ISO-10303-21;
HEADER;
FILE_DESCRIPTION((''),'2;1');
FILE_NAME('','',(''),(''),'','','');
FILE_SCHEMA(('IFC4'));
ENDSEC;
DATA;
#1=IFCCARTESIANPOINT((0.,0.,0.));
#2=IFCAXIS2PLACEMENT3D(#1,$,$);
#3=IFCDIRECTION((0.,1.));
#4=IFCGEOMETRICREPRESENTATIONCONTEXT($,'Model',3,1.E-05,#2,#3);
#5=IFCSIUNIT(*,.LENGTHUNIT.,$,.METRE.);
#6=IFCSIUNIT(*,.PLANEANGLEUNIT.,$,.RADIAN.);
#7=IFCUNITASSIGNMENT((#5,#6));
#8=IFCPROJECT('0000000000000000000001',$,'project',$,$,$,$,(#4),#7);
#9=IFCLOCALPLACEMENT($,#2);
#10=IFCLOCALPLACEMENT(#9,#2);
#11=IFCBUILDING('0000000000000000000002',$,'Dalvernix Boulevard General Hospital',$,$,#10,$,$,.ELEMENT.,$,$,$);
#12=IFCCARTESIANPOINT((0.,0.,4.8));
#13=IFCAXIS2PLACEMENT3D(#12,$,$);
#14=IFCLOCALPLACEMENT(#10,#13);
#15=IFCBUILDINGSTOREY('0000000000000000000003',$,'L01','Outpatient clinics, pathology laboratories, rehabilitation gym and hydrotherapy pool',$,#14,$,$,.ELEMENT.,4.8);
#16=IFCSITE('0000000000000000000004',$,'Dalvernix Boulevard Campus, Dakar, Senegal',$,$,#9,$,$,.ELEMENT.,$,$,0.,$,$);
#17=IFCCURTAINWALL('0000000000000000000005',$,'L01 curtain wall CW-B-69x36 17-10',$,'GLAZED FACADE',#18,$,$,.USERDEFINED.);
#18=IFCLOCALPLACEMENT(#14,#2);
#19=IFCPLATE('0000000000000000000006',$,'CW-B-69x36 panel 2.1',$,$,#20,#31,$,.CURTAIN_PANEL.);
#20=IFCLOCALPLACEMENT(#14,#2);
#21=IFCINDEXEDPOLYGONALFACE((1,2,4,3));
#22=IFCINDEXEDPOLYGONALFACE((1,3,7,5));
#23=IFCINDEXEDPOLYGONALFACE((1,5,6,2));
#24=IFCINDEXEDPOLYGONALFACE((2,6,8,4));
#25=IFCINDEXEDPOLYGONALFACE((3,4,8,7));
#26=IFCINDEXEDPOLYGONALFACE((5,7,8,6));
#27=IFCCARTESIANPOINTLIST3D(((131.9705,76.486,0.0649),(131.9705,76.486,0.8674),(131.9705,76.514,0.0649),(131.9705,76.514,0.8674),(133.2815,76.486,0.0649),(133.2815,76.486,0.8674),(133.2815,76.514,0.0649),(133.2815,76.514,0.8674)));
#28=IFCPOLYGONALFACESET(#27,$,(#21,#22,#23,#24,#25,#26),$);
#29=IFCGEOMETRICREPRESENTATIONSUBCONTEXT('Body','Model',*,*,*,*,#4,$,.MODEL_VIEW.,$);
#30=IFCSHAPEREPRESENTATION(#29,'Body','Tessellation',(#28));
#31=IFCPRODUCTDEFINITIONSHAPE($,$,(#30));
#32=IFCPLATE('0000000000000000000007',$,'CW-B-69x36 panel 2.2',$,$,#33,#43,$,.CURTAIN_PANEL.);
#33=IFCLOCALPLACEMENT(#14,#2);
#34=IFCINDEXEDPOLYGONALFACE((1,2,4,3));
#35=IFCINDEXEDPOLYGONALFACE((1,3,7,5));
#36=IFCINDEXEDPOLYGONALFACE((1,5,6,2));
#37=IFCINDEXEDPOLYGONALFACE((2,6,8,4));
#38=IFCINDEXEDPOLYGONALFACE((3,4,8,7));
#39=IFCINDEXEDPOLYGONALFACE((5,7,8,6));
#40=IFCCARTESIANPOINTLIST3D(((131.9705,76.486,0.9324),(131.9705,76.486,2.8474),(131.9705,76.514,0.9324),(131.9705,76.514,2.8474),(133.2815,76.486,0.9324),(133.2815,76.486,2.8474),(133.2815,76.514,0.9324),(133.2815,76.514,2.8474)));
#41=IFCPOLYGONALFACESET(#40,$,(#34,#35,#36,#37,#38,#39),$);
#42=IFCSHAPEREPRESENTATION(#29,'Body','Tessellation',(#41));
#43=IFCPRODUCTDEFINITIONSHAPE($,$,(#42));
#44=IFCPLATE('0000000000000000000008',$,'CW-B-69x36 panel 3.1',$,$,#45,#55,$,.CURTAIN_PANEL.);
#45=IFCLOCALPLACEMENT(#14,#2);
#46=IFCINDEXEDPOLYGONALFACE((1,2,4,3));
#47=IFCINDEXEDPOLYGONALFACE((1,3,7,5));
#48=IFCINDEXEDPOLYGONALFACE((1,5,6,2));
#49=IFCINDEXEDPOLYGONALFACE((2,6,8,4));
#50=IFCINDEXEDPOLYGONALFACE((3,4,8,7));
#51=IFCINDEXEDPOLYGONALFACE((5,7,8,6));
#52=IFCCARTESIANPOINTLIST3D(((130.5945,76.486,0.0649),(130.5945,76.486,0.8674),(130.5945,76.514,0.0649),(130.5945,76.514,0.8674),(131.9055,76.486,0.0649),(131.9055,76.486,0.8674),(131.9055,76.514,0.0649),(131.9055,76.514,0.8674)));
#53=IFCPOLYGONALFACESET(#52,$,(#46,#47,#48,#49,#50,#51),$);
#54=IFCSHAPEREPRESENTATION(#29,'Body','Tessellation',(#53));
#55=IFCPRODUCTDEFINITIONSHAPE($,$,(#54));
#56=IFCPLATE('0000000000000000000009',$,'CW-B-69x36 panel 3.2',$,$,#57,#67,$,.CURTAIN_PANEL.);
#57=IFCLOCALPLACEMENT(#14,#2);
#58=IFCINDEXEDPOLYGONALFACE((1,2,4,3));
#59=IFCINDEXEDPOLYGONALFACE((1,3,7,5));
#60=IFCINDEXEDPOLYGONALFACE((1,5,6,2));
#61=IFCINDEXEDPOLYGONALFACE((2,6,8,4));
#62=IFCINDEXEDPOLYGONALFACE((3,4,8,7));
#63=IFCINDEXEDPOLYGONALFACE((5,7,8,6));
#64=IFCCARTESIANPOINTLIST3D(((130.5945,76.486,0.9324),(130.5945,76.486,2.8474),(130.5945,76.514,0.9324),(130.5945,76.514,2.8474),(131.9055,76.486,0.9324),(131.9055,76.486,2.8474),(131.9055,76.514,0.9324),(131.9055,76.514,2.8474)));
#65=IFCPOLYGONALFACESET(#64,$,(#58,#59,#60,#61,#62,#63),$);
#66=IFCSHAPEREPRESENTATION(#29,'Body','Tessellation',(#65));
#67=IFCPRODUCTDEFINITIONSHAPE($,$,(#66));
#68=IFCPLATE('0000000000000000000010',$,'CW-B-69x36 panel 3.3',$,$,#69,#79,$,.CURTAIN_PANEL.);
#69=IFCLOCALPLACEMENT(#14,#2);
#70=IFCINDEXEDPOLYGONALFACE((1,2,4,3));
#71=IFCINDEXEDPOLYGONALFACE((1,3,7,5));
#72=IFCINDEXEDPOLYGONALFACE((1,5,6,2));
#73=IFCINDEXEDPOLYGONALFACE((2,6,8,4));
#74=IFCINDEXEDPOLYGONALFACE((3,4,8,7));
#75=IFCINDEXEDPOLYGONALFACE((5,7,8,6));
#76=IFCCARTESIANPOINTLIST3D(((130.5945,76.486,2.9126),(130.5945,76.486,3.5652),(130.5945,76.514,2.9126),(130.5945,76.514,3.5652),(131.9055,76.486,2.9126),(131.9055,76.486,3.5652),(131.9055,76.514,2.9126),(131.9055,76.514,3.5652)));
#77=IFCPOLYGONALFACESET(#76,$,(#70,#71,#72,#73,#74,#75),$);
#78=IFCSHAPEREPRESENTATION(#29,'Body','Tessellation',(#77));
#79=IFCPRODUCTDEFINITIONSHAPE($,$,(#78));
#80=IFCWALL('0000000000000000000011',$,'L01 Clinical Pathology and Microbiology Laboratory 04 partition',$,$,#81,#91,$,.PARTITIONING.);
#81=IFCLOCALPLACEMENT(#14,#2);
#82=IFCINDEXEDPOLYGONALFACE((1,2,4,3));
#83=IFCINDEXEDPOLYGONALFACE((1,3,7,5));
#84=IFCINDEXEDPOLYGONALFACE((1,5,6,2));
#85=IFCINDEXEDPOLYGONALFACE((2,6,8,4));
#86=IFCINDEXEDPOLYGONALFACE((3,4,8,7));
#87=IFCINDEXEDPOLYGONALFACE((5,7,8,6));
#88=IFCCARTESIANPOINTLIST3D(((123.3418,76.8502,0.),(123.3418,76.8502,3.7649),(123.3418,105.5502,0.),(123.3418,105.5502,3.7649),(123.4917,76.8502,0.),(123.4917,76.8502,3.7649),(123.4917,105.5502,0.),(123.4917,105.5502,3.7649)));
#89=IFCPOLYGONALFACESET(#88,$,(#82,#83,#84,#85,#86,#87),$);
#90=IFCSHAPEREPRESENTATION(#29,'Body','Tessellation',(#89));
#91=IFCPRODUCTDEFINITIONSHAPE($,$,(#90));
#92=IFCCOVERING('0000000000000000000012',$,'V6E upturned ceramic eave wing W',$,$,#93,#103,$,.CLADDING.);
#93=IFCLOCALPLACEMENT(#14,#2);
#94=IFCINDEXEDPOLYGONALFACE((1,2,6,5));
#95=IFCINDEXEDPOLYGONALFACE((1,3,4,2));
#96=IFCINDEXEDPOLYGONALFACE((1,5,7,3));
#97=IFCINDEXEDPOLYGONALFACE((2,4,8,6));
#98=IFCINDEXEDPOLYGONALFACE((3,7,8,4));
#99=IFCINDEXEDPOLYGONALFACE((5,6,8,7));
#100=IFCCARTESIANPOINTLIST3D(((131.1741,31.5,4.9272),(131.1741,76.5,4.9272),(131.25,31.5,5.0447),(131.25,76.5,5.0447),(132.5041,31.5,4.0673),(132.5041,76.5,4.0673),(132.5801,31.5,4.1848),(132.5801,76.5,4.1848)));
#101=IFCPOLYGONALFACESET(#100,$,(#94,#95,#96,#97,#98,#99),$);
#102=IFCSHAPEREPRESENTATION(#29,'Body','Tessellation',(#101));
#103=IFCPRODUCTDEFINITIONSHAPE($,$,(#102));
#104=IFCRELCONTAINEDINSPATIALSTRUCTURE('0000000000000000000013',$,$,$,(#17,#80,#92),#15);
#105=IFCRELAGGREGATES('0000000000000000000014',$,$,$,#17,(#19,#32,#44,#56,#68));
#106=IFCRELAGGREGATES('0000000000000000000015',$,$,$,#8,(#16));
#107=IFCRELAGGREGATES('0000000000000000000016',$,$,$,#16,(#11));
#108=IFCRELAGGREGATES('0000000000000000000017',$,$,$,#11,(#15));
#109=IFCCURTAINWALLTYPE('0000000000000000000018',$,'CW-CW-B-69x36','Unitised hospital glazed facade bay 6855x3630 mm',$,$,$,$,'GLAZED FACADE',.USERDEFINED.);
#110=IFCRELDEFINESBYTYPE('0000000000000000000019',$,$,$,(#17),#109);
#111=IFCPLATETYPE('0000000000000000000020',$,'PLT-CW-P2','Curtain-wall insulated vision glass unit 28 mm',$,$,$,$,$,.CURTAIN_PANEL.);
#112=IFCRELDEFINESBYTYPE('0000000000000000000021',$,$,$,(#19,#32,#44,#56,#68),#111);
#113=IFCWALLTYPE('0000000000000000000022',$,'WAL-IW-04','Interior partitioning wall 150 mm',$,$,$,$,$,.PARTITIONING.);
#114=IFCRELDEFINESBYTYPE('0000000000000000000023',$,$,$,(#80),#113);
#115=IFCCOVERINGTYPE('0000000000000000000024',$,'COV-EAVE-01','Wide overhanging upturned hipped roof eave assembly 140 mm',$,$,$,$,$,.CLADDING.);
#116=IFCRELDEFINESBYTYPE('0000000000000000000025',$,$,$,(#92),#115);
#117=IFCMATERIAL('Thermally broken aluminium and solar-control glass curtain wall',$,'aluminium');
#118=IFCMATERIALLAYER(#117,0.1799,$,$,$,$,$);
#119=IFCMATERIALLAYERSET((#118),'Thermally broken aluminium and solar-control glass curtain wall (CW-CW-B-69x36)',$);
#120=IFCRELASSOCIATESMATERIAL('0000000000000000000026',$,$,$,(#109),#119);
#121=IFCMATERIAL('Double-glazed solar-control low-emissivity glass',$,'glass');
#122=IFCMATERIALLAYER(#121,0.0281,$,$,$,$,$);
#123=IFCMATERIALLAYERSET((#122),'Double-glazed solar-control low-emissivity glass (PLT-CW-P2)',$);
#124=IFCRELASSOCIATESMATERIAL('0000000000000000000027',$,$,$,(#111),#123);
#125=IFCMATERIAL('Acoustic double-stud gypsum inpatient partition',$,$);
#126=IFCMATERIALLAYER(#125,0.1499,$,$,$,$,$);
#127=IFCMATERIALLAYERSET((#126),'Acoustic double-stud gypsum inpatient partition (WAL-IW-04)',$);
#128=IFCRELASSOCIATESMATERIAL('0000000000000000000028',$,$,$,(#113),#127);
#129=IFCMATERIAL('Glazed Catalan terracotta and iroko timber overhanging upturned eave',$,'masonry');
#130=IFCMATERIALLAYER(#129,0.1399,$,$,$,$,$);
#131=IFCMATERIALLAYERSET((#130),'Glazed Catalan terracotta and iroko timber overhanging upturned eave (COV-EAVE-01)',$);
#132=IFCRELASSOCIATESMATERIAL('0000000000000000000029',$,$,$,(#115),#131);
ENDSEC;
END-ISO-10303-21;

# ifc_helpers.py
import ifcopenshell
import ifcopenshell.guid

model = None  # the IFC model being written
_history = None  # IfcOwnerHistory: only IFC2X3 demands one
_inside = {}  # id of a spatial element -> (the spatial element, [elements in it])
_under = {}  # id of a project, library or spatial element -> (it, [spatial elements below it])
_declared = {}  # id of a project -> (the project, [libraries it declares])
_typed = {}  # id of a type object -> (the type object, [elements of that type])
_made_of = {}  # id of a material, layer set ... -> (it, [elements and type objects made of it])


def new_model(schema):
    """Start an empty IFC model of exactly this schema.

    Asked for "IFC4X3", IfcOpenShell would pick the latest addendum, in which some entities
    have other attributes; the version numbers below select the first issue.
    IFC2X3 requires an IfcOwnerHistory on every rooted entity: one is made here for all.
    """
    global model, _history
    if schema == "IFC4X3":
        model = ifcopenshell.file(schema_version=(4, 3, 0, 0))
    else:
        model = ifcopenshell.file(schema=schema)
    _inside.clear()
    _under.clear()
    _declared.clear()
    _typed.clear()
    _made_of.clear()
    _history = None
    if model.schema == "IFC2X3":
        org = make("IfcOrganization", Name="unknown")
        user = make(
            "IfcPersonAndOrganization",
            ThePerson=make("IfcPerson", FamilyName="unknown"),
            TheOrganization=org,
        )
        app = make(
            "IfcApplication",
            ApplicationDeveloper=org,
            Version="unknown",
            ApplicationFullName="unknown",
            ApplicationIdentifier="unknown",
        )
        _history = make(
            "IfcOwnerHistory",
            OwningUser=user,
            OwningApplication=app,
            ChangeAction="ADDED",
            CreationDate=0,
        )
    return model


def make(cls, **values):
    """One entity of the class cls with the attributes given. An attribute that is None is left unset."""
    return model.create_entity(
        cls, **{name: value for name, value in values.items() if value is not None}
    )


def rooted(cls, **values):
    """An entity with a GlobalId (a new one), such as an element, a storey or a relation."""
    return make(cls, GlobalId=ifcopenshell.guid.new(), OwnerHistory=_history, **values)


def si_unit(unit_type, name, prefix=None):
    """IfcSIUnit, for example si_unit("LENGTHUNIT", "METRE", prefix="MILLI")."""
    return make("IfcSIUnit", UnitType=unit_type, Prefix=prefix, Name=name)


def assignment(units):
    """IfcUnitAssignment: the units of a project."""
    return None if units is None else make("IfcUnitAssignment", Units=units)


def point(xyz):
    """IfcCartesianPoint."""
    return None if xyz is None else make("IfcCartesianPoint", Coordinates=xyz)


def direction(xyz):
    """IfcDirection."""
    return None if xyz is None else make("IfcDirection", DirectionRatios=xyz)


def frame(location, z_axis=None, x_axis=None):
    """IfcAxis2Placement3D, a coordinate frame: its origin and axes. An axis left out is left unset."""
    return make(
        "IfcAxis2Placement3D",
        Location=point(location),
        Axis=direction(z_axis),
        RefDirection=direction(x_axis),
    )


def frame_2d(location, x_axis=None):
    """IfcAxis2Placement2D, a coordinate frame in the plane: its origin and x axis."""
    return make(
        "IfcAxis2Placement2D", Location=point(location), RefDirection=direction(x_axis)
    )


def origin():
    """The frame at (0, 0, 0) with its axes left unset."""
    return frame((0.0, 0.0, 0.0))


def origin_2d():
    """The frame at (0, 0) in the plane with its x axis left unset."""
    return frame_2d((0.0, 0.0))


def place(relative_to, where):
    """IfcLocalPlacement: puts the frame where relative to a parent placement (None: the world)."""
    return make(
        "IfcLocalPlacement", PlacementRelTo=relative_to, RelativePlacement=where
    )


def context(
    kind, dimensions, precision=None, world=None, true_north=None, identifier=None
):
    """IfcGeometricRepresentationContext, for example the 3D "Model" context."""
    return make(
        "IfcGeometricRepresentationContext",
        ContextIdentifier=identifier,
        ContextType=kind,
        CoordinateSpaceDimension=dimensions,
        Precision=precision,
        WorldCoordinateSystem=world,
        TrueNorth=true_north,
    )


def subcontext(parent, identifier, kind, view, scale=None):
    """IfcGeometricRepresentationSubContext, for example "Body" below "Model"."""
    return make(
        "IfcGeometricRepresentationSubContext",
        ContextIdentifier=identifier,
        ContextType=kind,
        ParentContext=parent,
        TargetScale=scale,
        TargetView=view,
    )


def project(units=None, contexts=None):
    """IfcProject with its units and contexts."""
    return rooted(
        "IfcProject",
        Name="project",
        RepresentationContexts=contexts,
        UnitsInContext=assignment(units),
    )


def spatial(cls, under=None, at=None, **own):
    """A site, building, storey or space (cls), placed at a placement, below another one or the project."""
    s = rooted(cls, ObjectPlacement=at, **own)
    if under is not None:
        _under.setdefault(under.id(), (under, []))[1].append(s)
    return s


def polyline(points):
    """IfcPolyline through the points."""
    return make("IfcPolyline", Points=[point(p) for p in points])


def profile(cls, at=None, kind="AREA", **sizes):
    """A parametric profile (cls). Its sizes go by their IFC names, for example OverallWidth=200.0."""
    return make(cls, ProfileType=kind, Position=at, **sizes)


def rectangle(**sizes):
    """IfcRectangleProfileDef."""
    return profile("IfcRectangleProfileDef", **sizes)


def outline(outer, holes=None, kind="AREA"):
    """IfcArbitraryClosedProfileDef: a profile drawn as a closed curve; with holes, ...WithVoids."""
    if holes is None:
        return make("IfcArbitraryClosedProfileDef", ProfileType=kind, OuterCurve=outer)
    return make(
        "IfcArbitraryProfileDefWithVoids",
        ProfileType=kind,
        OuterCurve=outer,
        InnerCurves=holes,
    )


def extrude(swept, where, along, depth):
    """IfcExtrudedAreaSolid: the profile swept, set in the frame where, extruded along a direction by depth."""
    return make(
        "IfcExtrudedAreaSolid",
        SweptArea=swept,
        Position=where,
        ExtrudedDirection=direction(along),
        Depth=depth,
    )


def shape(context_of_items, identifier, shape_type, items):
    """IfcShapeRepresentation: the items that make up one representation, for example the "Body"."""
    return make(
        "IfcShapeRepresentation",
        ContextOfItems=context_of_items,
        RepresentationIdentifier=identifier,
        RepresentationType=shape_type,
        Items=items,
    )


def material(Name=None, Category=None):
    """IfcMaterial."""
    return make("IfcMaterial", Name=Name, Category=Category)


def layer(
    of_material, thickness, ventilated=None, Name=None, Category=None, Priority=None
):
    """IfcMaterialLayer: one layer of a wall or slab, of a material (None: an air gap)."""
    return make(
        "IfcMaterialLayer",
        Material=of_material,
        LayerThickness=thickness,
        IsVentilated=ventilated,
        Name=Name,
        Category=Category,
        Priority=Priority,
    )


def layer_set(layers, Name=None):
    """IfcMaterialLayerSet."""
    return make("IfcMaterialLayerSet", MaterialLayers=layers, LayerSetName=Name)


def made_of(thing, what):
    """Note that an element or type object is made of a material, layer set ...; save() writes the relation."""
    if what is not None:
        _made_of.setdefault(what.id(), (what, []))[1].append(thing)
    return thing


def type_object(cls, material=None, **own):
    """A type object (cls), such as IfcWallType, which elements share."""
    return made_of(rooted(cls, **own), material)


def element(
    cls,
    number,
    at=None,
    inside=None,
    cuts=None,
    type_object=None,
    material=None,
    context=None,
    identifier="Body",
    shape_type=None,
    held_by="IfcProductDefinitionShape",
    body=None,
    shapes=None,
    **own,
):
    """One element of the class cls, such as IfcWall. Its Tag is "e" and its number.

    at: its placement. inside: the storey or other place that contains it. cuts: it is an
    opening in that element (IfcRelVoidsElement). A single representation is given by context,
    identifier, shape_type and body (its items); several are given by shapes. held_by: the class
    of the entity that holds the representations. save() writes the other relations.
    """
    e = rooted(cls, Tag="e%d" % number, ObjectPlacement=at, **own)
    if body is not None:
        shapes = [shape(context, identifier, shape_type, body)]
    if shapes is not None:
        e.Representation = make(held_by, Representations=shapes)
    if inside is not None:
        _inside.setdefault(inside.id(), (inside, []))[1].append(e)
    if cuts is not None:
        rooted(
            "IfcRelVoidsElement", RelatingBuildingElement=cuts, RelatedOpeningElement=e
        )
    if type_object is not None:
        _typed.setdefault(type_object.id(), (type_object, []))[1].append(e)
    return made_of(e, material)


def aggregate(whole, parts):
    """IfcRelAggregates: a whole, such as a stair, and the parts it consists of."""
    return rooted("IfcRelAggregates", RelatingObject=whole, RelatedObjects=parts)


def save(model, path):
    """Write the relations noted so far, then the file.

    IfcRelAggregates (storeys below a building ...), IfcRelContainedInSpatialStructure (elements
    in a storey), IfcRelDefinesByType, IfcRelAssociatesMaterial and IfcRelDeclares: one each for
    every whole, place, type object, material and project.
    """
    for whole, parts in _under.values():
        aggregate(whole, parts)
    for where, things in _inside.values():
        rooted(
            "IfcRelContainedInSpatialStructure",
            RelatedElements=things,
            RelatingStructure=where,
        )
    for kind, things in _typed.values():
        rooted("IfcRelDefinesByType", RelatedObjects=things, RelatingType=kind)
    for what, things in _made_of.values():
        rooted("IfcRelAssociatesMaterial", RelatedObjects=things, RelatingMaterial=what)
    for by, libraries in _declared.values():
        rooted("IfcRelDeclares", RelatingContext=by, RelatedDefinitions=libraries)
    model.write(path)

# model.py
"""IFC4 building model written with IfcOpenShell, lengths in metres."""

from ifc_helpers import new_model, si_unit, direction, frame, frame_2d, origin, origin_2d, place, context, subcontext, project, spatial, polyline, rectangle, outline, extrude, material, layer, layer_set, type_object, element, aggregate, save


model = new_model("IFC4")

# Units and contexts
model_context = context("Model", 3, precision=1e-05, world=origin(), true_north=direction((0.0, 1.0)))
body_context = subcontext(model_context, "Body", "Model", "MODEL_VIEW")
ifc_project = project(units=[si_unit("LENGTHUNIT", "METRE"), si_unit("PLANEANGLEUNIT", "RADIAN")], contexts=[model_context])

# Site, building, storey
site_placement = place(None, origin())
site = spatial("IfcSite", under=ifc_project, at=site_placement, Name="Dalvernix Boulevard Campus, Dakar, Senegal", CompositionType="ELEMENT", RefElevation=0.0)
building_placement = place(site_placement, origin())
building = spatial("IfcBuilding", under=site, at=building_placement, Name="Dalvernix Boulevard General Hospital", CompositionType="ELEMENT")
storey_placement = place(building_placement, frame((0.0, 0.0, 4.8)))
storey = spatial("IfcBuildingStorey", under=building, at=storey_placement, Name="L01", Description="Outpatient clinics, pathology laboratories, rehabilitation gym and hydrotherapy pool", CompositionType="ELEMENT", Elevation=4.8)

# Curtain wall, plates
ifc_material_1 = material(Name="Thermally broken aluminium and solar-control glass curtain wall", Category="aluminium")
ifc_layer_1 = layer(ifc_material_1, 0.1799)
ifc_layer_set_1 = layer_set([ifc_layer_1], Name="Thermally broken aluminium and solar-control glass curtain wall (CW-CW-B-69x36)")
curtain_wall_type = type_object("IfcCurtainWallType", Name="CW-CW-B-69x36", Description="Unitised hospital glazed facade bay 6855x3630 mm", ElementType="GLAZED FACADE", PredefinedType="USERDEFINED", material=ifc_layer_set_1)
curtain_wall_placement = place(storey_placement, origin())
curtain_wall = element("IfcCurtainWall", 1, at=curtain_wall_placement, inside=storey, type_object=curtain_wall_type, Name="L01 curtain wall CW-B-69x36 17-10", ObjectType="GLAZED FACADE", PredefinedType="USERDEFINED")
ifc_material_2 = material(Name="Double-glazed solar-control low-emissivity glass", Category="glass")
ifc_layer_2 = layer(ifc_material_2, 0.0281)
ifc_layer_set_2 = layer_set([ifc_layer_2], Name="Double-glazed solar-control low-emissivity glass (PLT-CW-P2)")
plate_type = type_object("IfcPlateType", Name="PLT-CW-P2", Description="Curtain-wall insulated vision glass unit 28 mm", PredefinedType="CURTAIN_PANEL", material=ifc_layer_set_2)
plate_1_placement = place(storey_placement, frame((132.626, 76.5, 0.0649), z_axis=(0.0, 0.0, 1.0), x_axis=(-1.0, 0.0, 0.0)))
plate_1 = element("IfcPlate", 2, at=plate_1_placement, type_object=plate_type, Name="CW-B-69x36 panel 2.1", PredefinedType="CURTAIN_PANEL", context=body_context, shape_type="SweptSolid", body=[
    extrude(rectangle(XDim=1.311, YDim=0.0281, at=origin_2d()), origin(), (0.0, 0.0, 1.0), 0.8025),
])
plate_2_placement = place(storey_placement, frame((132.626, 76.5, 0.9324), z_axis=(0.0, 0.0, 1.0), x_axis=(-1.0, 0.0, 0.0)))
plate_2 = element("IfcPlate", 3, at=plate_2_placement, type_object=plate_type, Name="CW-B-69x36 panel 2.2", PredefinedType="CURTAIN_PANEL", context=body_context, shape_type="SweptSolid", body=[
    extrude(rectangle(XDim=1.311, YDim=0.0281, at=origin_2d()), origin(), (0.0, 0.0, 1.0), 1.915),
])
plate_3_placement = place(storey_placement, frame((131.25, 76.5, 0.0649), z_axis=(0.0, 0.0, 1.0), x_axis=(-1.0, 0.0, 0.0)))
plate_3 = element("IfcPlate", 4, at=plate_3_placement, type_object=plate_type, Name="CW-B-69x36 panel 3.1", PredefinedType="CURTAIN_PANEL", context=body_context, shape_type="SweptSolid", body=[
    extrude(rectangle(XDim=1.311, YDim=0.0281, at=origin_2d()), origin(), (0.0, 0.0, 1.0), 0.8025),
])
plate_4_placement = place(storey_placement, frame((131.25, 76.5, 0.9324), z_axis=(0.0, 0.0, 1.0), x_axis=(-1.0, 0.0, 0.0)))
plate_4 = element("IfcPlate", 5, at=plate_4_placement, type_object=plate_type, Name="CW-B-69x36 panel 3.2", PredefinedType="CURTAIN_PANEL", context=body_context, shape_type="SweptSolid", body=[
    extrude(rectangle(XDim=1.311, YDim=0.0281, at=origin_2d()), origin(), (0.0, 0.0, 1.0), 1.915),
])
plate_5_placement = place(storey_placement, frame((131.25, 76.5, 2.9126), z_axis=(0.0, 0.0, 1.0), x_axis=(-1.0, 0.0, 0.0)))
plate_5 = element("IfcPlate", 6, at=plate_5_placement, type_object=plate_type, Name="CW-B-69x36 panel 3.3", PredefinedType="CURTAIN_PANEL", context=body_context, shape_type="SweptSolid", body=[
    extrude(rectangle(XDim=1.311, YDim=0.0281, at=origin_2d()), origin(), (0.0, 0.0, 1.0), 0.6526),
])
aggregate(curtain_wall, [plate_1, plate_2, plate_3, plate_4, plate_5])

# Wall
ifc_material_3 = material(Name="Acoustic double-stud gypsum inpatient partition")
ifc_layer_3 = layer(ifc_material_3, 0.1499)
ifc_layer_set_3 = layer_set([ifc_layer_3], Name="Acoustic double-stud gypsum inpatient partition (WAL-IW-04)")
wall_type = type_object("IfcWallType", Name="WAL-IW-04", Description="Interior partitioning wall 150 mm", PredefinedType="PARTITIONING", material=ifc_layer_set_3)
wall_placement = place(storey_placement, frame((123.4167, 76.8501, 0.0), z_axis=(0.0, 0.0, 1.0), x_axis=(0.0, 1.0, 0.0)))
element("IfcWall", 7, at=wall_placement, inside=storey, type_object=wall_type, Name="L01 Clinical Pathology and Microbiology Laboratory 04 partition", PredefinedType="PARTITIONING", context=body_context, shape_type="SweptSolid", body=[
    extrude(rectangle(XDim=28.7, YDim=0.1499, at=frame_2d((14.3501, 0.0))), origin(), (0.0, 0.0, 1.0), 3.7649),
])

# Covering
ifc_material_4 = material(Name="Glazed Catalan terracotta and iroko timber overhanging upturned eave", Category="masonry")
ifc_layer_4 = layer(ifc_material_4, 0.1399)
ifc_layer_set_4 = layer_set([ifc_layer_4], Name="Glazed Catalan terracotta and iroko timber overhanging upturned eave (COV-EAVE-01)")
covering_type = type_object("IfcCoveringType", Name="COV-EAVE-01", Description="Wide overhanging upturned hipped roof eave assembly 140 mm", PredefinedType="CLADDING", material=ifc_layer_set_4)
covering_placement = place(storey_placement, frame((132.5801, 76.5, 4.1848), z_axis=(0.542906, 0.0, 0.839793), x_axis=(0.0, -1.0, 0.0)))
element("IfcCovering", 8, at=covering_placement, inside=storey, type_object=covering_type, Name="V6E upturned ceramic eave wing W", PredefinedType="CLADDING", context=body_context, shape_type="SweptSolid", body=[
    extrude(outline(polyline([(0.0, 0.0), (45.0, 0.0), (45.0, -1.5838), (0.0, -1.5838), (0.0, 0.0)])), origin(), (0.0, 0.0, -1.0), 0.1399),
])

save(model, "model.ifc")
